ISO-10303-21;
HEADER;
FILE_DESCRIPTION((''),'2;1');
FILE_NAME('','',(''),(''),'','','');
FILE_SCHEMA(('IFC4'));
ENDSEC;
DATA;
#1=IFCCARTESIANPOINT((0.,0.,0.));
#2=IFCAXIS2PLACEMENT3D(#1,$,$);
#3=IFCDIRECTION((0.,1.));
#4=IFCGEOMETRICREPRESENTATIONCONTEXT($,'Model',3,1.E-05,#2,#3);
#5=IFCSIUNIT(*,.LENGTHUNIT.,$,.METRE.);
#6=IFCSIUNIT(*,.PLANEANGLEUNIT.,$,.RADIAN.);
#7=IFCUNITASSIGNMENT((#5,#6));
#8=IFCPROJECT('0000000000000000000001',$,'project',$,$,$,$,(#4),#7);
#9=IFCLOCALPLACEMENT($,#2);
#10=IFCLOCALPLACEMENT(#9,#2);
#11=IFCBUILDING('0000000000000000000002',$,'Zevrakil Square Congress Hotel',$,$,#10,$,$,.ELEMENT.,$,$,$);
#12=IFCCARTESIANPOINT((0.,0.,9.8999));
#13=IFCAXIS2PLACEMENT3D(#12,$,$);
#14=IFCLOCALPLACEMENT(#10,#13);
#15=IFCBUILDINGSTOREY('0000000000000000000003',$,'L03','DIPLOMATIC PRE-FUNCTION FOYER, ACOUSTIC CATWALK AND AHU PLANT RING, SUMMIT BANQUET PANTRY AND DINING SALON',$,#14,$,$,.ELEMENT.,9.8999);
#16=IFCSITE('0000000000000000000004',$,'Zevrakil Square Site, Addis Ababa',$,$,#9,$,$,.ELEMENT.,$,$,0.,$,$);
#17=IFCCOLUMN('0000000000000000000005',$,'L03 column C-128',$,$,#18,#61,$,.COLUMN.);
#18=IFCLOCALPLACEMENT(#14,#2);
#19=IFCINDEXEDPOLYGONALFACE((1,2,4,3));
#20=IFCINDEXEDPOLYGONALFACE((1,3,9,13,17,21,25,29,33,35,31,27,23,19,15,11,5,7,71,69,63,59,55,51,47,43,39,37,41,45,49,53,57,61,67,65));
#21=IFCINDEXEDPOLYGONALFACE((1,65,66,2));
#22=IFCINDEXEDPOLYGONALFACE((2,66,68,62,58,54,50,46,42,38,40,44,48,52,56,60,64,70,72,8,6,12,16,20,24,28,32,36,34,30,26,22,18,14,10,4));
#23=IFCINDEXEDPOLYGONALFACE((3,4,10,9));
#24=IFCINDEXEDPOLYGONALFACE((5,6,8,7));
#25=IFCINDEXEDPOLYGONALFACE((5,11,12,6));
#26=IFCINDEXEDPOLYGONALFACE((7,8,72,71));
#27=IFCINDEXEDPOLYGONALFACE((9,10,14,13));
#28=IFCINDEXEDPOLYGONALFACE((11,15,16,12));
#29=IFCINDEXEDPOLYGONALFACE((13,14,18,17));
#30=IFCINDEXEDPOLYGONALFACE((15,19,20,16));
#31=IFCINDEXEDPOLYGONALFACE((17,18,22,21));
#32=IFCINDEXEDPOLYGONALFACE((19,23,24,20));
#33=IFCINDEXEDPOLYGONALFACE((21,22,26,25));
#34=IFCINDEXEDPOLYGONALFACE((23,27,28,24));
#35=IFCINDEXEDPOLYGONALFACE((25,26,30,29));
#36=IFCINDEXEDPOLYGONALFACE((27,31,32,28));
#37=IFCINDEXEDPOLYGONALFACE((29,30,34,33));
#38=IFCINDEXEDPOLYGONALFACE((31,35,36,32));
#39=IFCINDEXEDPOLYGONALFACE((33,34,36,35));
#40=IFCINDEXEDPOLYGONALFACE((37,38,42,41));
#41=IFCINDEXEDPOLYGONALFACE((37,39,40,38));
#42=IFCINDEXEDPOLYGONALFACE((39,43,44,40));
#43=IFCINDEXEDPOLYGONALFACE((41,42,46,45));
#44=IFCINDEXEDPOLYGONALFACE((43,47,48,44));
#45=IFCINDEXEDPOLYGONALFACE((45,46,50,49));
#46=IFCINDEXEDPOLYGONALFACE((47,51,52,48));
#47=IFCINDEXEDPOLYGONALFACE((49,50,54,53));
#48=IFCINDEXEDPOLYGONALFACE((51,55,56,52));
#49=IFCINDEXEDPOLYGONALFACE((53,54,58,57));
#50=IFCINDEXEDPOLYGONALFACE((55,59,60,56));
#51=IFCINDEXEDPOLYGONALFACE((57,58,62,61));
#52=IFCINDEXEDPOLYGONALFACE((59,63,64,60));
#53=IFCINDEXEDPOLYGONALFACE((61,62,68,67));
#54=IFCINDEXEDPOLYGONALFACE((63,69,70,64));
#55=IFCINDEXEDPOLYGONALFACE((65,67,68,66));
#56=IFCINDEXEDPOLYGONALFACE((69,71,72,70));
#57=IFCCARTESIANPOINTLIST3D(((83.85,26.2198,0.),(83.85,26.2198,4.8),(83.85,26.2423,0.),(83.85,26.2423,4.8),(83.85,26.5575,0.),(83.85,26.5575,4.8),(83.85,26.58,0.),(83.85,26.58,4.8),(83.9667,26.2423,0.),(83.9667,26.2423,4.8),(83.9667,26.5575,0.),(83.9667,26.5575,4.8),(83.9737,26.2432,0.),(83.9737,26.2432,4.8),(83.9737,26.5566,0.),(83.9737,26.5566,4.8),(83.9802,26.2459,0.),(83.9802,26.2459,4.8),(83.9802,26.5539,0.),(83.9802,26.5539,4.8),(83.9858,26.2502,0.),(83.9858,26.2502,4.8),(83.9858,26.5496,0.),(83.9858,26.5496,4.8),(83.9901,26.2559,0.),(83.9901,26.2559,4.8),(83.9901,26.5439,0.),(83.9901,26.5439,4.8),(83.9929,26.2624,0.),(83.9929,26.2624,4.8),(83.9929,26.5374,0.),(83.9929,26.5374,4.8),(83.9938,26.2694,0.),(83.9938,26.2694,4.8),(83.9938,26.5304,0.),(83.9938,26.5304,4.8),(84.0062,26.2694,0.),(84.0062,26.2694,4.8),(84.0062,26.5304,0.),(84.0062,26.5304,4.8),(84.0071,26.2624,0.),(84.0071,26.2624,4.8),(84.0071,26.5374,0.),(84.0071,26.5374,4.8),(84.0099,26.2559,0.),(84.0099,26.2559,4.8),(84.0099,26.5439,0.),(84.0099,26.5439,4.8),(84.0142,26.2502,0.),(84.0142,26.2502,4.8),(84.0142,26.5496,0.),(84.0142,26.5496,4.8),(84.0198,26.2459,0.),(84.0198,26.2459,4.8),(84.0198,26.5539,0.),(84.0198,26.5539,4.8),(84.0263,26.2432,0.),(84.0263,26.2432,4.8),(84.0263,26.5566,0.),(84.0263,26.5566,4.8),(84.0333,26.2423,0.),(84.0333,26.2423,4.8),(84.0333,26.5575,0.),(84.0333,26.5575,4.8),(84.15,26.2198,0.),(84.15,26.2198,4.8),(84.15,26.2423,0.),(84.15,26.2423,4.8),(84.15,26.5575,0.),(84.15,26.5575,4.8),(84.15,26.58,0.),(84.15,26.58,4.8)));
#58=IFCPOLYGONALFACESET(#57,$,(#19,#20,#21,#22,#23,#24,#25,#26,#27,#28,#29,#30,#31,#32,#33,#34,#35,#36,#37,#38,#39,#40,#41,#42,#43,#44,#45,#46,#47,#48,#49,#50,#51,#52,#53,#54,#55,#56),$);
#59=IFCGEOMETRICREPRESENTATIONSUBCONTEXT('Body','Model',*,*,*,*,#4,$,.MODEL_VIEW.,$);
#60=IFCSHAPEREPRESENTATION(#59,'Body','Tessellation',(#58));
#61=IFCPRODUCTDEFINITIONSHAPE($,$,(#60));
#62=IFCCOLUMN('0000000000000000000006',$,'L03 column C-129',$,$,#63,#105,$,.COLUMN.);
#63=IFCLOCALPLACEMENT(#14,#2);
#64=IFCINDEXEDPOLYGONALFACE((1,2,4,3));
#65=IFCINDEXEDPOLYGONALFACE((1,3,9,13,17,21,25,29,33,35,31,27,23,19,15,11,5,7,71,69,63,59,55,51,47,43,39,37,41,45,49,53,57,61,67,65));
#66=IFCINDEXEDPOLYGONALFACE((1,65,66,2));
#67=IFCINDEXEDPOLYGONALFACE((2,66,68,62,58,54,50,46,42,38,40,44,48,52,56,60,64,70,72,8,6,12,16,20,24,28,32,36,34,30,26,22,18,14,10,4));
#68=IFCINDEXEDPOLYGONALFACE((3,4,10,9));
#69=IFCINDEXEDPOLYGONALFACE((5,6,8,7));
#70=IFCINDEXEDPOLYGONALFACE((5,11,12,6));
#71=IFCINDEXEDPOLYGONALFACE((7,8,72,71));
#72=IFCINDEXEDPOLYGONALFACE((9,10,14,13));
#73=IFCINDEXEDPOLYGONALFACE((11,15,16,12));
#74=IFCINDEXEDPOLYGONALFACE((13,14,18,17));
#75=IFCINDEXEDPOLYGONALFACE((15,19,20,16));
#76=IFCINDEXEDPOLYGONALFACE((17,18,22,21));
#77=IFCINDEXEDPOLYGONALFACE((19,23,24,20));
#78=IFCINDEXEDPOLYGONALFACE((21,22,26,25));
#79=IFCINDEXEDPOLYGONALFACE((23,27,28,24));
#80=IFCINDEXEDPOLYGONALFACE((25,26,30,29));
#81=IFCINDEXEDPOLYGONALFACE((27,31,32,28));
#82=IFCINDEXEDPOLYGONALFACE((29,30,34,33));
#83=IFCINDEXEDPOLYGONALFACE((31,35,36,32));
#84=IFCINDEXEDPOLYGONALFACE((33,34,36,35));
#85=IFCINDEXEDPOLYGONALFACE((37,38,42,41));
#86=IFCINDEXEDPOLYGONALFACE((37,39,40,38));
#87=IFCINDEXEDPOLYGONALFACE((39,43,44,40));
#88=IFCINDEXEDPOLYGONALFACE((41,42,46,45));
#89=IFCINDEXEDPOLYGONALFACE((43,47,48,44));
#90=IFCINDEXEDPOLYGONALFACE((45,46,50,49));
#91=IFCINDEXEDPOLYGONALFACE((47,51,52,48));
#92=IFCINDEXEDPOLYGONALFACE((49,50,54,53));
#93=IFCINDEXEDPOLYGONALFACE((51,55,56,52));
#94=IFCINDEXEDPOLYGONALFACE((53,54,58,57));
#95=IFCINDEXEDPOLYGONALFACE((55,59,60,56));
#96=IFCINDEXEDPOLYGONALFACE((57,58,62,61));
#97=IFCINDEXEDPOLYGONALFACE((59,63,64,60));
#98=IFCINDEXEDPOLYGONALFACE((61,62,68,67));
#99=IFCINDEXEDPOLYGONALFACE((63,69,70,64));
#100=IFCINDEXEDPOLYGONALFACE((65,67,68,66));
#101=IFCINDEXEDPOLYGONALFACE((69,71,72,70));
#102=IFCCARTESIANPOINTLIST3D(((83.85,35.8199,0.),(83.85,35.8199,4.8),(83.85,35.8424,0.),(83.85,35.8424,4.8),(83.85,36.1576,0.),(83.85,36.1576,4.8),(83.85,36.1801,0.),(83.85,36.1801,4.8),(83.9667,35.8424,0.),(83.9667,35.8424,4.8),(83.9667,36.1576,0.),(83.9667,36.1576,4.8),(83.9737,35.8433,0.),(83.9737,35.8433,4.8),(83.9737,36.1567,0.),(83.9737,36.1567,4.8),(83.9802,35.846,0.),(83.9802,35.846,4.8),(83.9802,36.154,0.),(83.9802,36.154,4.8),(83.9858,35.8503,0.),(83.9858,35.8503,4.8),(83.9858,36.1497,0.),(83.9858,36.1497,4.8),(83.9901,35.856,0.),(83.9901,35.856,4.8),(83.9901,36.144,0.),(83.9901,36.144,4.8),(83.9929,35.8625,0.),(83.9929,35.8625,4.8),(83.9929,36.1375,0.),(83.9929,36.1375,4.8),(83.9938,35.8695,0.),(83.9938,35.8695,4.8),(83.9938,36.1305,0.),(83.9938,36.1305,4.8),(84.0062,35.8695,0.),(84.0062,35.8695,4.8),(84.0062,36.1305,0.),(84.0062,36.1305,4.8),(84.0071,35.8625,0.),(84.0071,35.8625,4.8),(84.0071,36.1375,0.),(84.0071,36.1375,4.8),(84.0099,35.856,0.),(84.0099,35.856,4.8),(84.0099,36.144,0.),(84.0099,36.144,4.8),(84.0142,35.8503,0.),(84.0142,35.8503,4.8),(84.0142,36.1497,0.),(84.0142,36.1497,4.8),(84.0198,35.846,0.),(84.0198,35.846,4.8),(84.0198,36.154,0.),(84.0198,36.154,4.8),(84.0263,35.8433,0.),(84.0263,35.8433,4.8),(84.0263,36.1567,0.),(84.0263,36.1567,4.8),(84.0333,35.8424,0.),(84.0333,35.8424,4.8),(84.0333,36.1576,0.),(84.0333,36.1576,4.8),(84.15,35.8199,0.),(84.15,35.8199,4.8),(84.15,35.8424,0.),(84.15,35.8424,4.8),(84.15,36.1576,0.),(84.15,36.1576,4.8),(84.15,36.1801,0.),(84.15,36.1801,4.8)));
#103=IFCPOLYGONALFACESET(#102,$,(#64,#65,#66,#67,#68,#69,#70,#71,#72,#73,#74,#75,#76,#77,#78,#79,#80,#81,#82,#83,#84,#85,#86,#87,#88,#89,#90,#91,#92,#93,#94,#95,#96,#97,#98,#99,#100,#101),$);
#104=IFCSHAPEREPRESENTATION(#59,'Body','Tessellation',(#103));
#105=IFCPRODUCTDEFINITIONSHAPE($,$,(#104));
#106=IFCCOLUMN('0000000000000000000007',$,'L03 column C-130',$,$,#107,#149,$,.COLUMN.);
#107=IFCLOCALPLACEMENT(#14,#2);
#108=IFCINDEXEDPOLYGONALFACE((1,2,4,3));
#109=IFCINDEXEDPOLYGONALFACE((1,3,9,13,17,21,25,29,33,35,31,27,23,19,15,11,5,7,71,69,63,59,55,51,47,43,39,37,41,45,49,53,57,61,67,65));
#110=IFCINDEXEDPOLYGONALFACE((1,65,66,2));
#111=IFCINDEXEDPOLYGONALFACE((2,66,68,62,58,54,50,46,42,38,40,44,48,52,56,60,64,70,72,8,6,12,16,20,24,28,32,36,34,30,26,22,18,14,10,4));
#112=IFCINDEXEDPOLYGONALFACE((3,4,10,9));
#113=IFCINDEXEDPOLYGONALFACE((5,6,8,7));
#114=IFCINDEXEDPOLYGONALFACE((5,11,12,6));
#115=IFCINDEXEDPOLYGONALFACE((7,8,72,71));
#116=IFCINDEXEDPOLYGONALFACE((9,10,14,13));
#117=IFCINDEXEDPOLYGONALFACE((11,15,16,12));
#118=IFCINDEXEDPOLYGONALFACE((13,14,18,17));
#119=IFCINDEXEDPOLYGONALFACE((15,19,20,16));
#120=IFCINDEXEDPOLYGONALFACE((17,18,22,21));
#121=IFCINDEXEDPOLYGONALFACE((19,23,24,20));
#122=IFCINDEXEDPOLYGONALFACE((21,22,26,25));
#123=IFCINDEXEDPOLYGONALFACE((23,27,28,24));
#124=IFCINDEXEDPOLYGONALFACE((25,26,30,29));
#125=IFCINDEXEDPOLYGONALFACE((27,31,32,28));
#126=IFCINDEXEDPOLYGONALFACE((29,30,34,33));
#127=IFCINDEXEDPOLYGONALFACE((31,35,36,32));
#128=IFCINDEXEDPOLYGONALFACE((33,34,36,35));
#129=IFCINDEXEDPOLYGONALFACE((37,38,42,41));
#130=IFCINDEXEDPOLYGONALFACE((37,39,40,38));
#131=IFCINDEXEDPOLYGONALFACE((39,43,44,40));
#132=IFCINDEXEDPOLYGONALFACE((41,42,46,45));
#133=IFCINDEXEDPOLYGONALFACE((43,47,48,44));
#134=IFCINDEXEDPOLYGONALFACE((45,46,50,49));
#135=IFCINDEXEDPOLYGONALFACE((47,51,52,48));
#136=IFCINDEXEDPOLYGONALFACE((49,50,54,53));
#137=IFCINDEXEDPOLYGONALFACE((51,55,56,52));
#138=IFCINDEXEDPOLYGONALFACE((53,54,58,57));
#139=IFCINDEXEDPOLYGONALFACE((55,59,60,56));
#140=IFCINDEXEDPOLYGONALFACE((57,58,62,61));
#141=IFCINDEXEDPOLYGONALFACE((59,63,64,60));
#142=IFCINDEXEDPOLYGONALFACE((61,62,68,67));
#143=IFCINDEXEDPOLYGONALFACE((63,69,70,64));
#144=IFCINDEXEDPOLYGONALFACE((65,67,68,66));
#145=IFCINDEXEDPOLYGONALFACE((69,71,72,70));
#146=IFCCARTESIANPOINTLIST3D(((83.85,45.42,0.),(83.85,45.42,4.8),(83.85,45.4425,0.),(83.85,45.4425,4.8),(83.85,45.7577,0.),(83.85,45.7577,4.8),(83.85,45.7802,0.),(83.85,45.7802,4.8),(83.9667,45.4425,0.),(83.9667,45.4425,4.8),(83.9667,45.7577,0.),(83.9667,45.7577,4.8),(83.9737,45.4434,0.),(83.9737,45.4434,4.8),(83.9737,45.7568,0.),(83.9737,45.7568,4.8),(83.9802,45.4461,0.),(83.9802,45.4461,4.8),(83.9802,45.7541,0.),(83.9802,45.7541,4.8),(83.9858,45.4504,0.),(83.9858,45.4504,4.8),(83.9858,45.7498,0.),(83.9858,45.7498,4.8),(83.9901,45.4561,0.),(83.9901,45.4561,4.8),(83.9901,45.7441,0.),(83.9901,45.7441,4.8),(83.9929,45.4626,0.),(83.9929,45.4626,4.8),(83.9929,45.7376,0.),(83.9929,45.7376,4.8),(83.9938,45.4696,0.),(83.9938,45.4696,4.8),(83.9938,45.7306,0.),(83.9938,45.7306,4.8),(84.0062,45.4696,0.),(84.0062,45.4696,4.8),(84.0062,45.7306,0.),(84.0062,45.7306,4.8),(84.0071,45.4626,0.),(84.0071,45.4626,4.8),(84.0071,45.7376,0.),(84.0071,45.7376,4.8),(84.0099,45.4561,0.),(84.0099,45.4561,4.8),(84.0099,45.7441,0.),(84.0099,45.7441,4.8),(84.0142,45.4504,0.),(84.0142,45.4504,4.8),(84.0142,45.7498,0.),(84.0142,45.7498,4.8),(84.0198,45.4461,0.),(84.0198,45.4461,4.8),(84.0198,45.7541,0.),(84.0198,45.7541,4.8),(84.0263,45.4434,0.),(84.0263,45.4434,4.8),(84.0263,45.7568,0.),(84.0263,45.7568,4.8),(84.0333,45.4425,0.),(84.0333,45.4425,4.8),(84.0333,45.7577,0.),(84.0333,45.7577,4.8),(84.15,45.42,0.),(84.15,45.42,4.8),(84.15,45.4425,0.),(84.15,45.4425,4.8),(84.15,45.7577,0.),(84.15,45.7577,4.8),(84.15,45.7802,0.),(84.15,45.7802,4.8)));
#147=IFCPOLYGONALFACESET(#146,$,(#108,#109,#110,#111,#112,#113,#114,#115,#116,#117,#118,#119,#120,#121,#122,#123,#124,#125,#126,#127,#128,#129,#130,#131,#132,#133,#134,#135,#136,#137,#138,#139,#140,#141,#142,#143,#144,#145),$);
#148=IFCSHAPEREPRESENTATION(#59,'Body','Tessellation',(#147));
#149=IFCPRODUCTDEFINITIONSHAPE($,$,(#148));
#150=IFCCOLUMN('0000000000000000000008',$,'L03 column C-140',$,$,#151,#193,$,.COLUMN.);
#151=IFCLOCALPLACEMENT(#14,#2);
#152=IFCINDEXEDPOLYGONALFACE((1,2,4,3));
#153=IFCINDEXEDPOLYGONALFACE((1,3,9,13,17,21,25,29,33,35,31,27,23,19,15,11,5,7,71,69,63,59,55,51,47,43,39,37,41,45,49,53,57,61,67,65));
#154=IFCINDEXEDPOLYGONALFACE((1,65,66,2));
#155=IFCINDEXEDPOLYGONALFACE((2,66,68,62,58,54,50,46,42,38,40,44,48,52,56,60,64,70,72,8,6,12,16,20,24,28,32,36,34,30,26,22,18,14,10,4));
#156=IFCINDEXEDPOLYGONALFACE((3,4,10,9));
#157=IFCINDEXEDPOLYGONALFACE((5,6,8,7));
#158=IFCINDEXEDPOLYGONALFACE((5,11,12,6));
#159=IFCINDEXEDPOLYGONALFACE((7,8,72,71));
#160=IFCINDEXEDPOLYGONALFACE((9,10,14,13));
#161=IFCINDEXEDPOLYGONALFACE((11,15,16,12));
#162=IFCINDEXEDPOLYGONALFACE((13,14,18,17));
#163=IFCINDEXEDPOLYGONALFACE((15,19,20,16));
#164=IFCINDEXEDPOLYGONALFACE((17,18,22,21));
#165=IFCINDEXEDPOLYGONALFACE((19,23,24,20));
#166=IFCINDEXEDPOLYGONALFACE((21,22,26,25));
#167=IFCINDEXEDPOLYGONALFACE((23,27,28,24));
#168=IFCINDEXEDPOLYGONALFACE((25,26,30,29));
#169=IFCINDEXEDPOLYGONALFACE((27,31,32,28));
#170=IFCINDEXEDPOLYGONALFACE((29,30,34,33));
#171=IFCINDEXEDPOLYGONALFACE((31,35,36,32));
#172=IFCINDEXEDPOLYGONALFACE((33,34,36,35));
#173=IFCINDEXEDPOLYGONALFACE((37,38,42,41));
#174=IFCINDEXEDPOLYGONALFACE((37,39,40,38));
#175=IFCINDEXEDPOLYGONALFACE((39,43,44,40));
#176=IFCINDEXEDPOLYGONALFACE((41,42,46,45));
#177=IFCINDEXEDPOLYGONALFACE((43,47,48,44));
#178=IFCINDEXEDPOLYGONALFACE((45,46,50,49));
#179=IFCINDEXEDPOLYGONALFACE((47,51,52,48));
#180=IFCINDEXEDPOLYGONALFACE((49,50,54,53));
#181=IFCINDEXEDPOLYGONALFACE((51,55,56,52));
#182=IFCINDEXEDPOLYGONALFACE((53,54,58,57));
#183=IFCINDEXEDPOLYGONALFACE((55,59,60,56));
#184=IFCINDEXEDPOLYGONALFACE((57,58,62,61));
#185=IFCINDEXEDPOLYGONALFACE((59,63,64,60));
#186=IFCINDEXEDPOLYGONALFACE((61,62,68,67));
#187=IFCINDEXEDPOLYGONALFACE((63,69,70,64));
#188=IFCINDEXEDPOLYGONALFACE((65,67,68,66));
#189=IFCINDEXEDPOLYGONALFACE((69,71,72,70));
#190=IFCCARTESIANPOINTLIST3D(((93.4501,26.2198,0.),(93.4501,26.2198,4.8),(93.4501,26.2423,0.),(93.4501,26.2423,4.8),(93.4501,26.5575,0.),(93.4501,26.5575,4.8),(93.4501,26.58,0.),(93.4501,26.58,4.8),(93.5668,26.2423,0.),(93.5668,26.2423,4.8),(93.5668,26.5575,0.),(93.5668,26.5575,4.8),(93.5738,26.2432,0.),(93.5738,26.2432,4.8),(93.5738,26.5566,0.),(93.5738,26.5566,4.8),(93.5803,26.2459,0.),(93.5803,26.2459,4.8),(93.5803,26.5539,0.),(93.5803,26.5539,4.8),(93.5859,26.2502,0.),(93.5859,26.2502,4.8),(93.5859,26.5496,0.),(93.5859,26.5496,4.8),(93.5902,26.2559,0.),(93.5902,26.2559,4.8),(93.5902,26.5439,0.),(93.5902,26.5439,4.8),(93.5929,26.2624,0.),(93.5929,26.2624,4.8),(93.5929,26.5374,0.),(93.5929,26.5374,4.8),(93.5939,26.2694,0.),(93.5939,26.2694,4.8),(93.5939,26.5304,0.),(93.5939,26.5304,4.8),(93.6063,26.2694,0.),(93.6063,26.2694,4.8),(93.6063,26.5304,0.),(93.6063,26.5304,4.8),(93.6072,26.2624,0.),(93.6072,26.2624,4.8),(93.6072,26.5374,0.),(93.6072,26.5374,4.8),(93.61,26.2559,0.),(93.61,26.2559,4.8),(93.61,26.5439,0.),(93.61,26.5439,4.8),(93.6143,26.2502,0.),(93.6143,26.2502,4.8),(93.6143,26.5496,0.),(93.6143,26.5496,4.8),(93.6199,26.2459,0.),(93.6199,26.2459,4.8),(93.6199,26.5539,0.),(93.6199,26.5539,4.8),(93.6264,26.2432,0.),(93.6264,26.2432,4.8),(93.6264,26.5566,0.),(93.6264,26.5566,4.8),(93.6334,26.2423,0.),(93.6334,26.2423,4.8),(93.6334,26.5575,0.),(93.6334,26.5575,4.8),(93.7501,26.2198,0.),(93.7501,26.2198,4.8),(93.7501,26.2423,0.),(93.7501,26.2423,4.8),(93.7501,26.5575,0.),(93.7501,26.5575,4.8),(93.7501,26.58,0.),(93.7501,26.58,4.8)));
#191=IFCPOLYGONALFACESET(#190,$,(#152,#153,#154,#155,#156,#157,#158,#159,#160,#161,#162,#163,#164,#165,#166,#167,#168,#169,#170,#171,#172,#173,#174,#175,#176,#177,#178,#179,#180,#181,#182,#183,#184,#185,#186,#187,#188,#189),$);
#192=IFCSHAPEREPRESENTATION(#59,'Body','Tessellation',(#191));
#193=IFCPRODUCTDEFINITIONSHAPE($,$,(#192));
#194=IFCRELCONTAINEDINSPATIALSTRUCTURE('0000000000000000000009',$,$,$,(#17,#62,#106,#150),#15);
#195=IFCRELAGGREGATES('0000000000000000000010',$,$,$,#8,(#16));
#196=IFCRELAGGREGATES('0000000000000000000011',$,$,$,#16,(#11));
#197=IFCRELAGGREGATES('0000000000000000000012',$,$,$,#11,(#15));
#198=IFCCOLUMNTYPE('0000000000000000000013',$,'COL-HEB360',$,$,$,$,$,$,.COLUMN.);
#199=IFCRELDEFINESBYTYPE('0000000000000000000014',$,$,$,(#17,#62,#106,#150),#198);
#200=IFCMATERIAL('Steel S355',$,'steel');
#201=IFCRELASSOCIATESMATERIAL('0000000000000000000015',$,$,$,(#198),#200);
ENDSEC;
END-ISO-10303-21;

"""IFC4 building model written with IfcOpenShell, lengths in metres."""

from ifc_helpers import new_model, si_unit, direction, frame, origin, origin_2d, place, context, subcontext, project, spatial, i_section, extrude, material, material_profile, profile_set, type_object, element, save


model = new_model("IFC4")

# Units and contexts
model_context = context("Model", 3, precision=1e-05, world=origin(), true_north=direction((0.0, 1.0)))
body_context = subcontext(model_context, "Body", "Model", "MODEL_VIEW")
ifc_project = project(units=[si_unit("LENGTHUNIT", "METRE"), si_unit("PLANEANGLEUNIT", "RADIAN")], contexts=[model_context])

# Site, building, storey
site_placement = place(None, origin())
site = spatial("IfcSite", under=ifc_project, at=site_placement, Name="Zevrakil Square Site, Addis Ababa", CompositionType="ELEMENT", RefElevation=0.0)
building_placement = place(site_placement, origin())
building = spatial("IfcBuilding", under=site, at=building_placement, Name="Zevrakil Square Congress Hotel", CompositionType="ELEMENT")
storey_placement = place(building_placement, frame((0.0, 0.0, 9.8999)))
storey = spatial("IfcBuildingStorey", under=building, at=storey_placement, Name="L03", Description="DIPLOMATIC PRE-FUNCTION FOYER, ACOUSTIC CATWALK AND AHU PLANT RING, SUMMIT BANQUET PANTRY AND DINING SALON", CompositionType="ELEMENT", Elevation=9.8999)

# Columns
ifc_material_1 = material(Name="Steel S355", Category="steel")
ifc_material_profile_1 = material_profile(ifc_material_1, i_section(OverallWidth=0.3, OverallDepth=0.3601, WebThickness=0.0125, FlangeThickness=0.0225, FilletRadius=0.0271, at=origin_2d()), Name="HEB 360")
ifc_profile_set_1 = profile_set([ifc_material_profile_1], Name="Steel S355")
column_type = type_object("IfcColumnType", Name="COL-HEB360", PredefinedType="COLUMN", material=ifc_profile_set_1)
for number, where, z_axis, x_axis, name in (
    (1, (84.0, 26.3999, 0.0), (0.0, 0.0, 1.0), (1.0, 0.0, 0.0), "L03 column C-128"),
    (2, (84.0, 36.0, 0.0), (0.0, 0.0, 1.0), (1.0, 0.0, 0.0), "L03 column C-129"),
    (3, (84.0, 45.6001, 0.0), (0.0, 0.0, 1.0), (1.0, 0.0, 0.0), "L03 column C-130"),
    (4, (93.6001, 26.3999, 0.0), (0.0, 0.0, 1.0), (1.0, 0.0, 0.0), "L03 column C-140"),
):
    element("IfcColumn", number, at=place(storey_placement, frame(where, z_axis=z_axis, x_axis=x_axis)), inside=storey, type_object=column_type, Name=name, PredefinedType="COLUMN", context=body_context, shape_type="SweptSolid", body=[
        extrude(i_section(OverallWidth=0.3, OverallDepth=0.3601, WebThickness=0.0125, FlangeThickness=0.0225, FilletRadius=0.0271, at=origin_2d()), origin(), (0.0, 0.0, 1.0), 4.8),
    ])

save(model, "model.ifc")
